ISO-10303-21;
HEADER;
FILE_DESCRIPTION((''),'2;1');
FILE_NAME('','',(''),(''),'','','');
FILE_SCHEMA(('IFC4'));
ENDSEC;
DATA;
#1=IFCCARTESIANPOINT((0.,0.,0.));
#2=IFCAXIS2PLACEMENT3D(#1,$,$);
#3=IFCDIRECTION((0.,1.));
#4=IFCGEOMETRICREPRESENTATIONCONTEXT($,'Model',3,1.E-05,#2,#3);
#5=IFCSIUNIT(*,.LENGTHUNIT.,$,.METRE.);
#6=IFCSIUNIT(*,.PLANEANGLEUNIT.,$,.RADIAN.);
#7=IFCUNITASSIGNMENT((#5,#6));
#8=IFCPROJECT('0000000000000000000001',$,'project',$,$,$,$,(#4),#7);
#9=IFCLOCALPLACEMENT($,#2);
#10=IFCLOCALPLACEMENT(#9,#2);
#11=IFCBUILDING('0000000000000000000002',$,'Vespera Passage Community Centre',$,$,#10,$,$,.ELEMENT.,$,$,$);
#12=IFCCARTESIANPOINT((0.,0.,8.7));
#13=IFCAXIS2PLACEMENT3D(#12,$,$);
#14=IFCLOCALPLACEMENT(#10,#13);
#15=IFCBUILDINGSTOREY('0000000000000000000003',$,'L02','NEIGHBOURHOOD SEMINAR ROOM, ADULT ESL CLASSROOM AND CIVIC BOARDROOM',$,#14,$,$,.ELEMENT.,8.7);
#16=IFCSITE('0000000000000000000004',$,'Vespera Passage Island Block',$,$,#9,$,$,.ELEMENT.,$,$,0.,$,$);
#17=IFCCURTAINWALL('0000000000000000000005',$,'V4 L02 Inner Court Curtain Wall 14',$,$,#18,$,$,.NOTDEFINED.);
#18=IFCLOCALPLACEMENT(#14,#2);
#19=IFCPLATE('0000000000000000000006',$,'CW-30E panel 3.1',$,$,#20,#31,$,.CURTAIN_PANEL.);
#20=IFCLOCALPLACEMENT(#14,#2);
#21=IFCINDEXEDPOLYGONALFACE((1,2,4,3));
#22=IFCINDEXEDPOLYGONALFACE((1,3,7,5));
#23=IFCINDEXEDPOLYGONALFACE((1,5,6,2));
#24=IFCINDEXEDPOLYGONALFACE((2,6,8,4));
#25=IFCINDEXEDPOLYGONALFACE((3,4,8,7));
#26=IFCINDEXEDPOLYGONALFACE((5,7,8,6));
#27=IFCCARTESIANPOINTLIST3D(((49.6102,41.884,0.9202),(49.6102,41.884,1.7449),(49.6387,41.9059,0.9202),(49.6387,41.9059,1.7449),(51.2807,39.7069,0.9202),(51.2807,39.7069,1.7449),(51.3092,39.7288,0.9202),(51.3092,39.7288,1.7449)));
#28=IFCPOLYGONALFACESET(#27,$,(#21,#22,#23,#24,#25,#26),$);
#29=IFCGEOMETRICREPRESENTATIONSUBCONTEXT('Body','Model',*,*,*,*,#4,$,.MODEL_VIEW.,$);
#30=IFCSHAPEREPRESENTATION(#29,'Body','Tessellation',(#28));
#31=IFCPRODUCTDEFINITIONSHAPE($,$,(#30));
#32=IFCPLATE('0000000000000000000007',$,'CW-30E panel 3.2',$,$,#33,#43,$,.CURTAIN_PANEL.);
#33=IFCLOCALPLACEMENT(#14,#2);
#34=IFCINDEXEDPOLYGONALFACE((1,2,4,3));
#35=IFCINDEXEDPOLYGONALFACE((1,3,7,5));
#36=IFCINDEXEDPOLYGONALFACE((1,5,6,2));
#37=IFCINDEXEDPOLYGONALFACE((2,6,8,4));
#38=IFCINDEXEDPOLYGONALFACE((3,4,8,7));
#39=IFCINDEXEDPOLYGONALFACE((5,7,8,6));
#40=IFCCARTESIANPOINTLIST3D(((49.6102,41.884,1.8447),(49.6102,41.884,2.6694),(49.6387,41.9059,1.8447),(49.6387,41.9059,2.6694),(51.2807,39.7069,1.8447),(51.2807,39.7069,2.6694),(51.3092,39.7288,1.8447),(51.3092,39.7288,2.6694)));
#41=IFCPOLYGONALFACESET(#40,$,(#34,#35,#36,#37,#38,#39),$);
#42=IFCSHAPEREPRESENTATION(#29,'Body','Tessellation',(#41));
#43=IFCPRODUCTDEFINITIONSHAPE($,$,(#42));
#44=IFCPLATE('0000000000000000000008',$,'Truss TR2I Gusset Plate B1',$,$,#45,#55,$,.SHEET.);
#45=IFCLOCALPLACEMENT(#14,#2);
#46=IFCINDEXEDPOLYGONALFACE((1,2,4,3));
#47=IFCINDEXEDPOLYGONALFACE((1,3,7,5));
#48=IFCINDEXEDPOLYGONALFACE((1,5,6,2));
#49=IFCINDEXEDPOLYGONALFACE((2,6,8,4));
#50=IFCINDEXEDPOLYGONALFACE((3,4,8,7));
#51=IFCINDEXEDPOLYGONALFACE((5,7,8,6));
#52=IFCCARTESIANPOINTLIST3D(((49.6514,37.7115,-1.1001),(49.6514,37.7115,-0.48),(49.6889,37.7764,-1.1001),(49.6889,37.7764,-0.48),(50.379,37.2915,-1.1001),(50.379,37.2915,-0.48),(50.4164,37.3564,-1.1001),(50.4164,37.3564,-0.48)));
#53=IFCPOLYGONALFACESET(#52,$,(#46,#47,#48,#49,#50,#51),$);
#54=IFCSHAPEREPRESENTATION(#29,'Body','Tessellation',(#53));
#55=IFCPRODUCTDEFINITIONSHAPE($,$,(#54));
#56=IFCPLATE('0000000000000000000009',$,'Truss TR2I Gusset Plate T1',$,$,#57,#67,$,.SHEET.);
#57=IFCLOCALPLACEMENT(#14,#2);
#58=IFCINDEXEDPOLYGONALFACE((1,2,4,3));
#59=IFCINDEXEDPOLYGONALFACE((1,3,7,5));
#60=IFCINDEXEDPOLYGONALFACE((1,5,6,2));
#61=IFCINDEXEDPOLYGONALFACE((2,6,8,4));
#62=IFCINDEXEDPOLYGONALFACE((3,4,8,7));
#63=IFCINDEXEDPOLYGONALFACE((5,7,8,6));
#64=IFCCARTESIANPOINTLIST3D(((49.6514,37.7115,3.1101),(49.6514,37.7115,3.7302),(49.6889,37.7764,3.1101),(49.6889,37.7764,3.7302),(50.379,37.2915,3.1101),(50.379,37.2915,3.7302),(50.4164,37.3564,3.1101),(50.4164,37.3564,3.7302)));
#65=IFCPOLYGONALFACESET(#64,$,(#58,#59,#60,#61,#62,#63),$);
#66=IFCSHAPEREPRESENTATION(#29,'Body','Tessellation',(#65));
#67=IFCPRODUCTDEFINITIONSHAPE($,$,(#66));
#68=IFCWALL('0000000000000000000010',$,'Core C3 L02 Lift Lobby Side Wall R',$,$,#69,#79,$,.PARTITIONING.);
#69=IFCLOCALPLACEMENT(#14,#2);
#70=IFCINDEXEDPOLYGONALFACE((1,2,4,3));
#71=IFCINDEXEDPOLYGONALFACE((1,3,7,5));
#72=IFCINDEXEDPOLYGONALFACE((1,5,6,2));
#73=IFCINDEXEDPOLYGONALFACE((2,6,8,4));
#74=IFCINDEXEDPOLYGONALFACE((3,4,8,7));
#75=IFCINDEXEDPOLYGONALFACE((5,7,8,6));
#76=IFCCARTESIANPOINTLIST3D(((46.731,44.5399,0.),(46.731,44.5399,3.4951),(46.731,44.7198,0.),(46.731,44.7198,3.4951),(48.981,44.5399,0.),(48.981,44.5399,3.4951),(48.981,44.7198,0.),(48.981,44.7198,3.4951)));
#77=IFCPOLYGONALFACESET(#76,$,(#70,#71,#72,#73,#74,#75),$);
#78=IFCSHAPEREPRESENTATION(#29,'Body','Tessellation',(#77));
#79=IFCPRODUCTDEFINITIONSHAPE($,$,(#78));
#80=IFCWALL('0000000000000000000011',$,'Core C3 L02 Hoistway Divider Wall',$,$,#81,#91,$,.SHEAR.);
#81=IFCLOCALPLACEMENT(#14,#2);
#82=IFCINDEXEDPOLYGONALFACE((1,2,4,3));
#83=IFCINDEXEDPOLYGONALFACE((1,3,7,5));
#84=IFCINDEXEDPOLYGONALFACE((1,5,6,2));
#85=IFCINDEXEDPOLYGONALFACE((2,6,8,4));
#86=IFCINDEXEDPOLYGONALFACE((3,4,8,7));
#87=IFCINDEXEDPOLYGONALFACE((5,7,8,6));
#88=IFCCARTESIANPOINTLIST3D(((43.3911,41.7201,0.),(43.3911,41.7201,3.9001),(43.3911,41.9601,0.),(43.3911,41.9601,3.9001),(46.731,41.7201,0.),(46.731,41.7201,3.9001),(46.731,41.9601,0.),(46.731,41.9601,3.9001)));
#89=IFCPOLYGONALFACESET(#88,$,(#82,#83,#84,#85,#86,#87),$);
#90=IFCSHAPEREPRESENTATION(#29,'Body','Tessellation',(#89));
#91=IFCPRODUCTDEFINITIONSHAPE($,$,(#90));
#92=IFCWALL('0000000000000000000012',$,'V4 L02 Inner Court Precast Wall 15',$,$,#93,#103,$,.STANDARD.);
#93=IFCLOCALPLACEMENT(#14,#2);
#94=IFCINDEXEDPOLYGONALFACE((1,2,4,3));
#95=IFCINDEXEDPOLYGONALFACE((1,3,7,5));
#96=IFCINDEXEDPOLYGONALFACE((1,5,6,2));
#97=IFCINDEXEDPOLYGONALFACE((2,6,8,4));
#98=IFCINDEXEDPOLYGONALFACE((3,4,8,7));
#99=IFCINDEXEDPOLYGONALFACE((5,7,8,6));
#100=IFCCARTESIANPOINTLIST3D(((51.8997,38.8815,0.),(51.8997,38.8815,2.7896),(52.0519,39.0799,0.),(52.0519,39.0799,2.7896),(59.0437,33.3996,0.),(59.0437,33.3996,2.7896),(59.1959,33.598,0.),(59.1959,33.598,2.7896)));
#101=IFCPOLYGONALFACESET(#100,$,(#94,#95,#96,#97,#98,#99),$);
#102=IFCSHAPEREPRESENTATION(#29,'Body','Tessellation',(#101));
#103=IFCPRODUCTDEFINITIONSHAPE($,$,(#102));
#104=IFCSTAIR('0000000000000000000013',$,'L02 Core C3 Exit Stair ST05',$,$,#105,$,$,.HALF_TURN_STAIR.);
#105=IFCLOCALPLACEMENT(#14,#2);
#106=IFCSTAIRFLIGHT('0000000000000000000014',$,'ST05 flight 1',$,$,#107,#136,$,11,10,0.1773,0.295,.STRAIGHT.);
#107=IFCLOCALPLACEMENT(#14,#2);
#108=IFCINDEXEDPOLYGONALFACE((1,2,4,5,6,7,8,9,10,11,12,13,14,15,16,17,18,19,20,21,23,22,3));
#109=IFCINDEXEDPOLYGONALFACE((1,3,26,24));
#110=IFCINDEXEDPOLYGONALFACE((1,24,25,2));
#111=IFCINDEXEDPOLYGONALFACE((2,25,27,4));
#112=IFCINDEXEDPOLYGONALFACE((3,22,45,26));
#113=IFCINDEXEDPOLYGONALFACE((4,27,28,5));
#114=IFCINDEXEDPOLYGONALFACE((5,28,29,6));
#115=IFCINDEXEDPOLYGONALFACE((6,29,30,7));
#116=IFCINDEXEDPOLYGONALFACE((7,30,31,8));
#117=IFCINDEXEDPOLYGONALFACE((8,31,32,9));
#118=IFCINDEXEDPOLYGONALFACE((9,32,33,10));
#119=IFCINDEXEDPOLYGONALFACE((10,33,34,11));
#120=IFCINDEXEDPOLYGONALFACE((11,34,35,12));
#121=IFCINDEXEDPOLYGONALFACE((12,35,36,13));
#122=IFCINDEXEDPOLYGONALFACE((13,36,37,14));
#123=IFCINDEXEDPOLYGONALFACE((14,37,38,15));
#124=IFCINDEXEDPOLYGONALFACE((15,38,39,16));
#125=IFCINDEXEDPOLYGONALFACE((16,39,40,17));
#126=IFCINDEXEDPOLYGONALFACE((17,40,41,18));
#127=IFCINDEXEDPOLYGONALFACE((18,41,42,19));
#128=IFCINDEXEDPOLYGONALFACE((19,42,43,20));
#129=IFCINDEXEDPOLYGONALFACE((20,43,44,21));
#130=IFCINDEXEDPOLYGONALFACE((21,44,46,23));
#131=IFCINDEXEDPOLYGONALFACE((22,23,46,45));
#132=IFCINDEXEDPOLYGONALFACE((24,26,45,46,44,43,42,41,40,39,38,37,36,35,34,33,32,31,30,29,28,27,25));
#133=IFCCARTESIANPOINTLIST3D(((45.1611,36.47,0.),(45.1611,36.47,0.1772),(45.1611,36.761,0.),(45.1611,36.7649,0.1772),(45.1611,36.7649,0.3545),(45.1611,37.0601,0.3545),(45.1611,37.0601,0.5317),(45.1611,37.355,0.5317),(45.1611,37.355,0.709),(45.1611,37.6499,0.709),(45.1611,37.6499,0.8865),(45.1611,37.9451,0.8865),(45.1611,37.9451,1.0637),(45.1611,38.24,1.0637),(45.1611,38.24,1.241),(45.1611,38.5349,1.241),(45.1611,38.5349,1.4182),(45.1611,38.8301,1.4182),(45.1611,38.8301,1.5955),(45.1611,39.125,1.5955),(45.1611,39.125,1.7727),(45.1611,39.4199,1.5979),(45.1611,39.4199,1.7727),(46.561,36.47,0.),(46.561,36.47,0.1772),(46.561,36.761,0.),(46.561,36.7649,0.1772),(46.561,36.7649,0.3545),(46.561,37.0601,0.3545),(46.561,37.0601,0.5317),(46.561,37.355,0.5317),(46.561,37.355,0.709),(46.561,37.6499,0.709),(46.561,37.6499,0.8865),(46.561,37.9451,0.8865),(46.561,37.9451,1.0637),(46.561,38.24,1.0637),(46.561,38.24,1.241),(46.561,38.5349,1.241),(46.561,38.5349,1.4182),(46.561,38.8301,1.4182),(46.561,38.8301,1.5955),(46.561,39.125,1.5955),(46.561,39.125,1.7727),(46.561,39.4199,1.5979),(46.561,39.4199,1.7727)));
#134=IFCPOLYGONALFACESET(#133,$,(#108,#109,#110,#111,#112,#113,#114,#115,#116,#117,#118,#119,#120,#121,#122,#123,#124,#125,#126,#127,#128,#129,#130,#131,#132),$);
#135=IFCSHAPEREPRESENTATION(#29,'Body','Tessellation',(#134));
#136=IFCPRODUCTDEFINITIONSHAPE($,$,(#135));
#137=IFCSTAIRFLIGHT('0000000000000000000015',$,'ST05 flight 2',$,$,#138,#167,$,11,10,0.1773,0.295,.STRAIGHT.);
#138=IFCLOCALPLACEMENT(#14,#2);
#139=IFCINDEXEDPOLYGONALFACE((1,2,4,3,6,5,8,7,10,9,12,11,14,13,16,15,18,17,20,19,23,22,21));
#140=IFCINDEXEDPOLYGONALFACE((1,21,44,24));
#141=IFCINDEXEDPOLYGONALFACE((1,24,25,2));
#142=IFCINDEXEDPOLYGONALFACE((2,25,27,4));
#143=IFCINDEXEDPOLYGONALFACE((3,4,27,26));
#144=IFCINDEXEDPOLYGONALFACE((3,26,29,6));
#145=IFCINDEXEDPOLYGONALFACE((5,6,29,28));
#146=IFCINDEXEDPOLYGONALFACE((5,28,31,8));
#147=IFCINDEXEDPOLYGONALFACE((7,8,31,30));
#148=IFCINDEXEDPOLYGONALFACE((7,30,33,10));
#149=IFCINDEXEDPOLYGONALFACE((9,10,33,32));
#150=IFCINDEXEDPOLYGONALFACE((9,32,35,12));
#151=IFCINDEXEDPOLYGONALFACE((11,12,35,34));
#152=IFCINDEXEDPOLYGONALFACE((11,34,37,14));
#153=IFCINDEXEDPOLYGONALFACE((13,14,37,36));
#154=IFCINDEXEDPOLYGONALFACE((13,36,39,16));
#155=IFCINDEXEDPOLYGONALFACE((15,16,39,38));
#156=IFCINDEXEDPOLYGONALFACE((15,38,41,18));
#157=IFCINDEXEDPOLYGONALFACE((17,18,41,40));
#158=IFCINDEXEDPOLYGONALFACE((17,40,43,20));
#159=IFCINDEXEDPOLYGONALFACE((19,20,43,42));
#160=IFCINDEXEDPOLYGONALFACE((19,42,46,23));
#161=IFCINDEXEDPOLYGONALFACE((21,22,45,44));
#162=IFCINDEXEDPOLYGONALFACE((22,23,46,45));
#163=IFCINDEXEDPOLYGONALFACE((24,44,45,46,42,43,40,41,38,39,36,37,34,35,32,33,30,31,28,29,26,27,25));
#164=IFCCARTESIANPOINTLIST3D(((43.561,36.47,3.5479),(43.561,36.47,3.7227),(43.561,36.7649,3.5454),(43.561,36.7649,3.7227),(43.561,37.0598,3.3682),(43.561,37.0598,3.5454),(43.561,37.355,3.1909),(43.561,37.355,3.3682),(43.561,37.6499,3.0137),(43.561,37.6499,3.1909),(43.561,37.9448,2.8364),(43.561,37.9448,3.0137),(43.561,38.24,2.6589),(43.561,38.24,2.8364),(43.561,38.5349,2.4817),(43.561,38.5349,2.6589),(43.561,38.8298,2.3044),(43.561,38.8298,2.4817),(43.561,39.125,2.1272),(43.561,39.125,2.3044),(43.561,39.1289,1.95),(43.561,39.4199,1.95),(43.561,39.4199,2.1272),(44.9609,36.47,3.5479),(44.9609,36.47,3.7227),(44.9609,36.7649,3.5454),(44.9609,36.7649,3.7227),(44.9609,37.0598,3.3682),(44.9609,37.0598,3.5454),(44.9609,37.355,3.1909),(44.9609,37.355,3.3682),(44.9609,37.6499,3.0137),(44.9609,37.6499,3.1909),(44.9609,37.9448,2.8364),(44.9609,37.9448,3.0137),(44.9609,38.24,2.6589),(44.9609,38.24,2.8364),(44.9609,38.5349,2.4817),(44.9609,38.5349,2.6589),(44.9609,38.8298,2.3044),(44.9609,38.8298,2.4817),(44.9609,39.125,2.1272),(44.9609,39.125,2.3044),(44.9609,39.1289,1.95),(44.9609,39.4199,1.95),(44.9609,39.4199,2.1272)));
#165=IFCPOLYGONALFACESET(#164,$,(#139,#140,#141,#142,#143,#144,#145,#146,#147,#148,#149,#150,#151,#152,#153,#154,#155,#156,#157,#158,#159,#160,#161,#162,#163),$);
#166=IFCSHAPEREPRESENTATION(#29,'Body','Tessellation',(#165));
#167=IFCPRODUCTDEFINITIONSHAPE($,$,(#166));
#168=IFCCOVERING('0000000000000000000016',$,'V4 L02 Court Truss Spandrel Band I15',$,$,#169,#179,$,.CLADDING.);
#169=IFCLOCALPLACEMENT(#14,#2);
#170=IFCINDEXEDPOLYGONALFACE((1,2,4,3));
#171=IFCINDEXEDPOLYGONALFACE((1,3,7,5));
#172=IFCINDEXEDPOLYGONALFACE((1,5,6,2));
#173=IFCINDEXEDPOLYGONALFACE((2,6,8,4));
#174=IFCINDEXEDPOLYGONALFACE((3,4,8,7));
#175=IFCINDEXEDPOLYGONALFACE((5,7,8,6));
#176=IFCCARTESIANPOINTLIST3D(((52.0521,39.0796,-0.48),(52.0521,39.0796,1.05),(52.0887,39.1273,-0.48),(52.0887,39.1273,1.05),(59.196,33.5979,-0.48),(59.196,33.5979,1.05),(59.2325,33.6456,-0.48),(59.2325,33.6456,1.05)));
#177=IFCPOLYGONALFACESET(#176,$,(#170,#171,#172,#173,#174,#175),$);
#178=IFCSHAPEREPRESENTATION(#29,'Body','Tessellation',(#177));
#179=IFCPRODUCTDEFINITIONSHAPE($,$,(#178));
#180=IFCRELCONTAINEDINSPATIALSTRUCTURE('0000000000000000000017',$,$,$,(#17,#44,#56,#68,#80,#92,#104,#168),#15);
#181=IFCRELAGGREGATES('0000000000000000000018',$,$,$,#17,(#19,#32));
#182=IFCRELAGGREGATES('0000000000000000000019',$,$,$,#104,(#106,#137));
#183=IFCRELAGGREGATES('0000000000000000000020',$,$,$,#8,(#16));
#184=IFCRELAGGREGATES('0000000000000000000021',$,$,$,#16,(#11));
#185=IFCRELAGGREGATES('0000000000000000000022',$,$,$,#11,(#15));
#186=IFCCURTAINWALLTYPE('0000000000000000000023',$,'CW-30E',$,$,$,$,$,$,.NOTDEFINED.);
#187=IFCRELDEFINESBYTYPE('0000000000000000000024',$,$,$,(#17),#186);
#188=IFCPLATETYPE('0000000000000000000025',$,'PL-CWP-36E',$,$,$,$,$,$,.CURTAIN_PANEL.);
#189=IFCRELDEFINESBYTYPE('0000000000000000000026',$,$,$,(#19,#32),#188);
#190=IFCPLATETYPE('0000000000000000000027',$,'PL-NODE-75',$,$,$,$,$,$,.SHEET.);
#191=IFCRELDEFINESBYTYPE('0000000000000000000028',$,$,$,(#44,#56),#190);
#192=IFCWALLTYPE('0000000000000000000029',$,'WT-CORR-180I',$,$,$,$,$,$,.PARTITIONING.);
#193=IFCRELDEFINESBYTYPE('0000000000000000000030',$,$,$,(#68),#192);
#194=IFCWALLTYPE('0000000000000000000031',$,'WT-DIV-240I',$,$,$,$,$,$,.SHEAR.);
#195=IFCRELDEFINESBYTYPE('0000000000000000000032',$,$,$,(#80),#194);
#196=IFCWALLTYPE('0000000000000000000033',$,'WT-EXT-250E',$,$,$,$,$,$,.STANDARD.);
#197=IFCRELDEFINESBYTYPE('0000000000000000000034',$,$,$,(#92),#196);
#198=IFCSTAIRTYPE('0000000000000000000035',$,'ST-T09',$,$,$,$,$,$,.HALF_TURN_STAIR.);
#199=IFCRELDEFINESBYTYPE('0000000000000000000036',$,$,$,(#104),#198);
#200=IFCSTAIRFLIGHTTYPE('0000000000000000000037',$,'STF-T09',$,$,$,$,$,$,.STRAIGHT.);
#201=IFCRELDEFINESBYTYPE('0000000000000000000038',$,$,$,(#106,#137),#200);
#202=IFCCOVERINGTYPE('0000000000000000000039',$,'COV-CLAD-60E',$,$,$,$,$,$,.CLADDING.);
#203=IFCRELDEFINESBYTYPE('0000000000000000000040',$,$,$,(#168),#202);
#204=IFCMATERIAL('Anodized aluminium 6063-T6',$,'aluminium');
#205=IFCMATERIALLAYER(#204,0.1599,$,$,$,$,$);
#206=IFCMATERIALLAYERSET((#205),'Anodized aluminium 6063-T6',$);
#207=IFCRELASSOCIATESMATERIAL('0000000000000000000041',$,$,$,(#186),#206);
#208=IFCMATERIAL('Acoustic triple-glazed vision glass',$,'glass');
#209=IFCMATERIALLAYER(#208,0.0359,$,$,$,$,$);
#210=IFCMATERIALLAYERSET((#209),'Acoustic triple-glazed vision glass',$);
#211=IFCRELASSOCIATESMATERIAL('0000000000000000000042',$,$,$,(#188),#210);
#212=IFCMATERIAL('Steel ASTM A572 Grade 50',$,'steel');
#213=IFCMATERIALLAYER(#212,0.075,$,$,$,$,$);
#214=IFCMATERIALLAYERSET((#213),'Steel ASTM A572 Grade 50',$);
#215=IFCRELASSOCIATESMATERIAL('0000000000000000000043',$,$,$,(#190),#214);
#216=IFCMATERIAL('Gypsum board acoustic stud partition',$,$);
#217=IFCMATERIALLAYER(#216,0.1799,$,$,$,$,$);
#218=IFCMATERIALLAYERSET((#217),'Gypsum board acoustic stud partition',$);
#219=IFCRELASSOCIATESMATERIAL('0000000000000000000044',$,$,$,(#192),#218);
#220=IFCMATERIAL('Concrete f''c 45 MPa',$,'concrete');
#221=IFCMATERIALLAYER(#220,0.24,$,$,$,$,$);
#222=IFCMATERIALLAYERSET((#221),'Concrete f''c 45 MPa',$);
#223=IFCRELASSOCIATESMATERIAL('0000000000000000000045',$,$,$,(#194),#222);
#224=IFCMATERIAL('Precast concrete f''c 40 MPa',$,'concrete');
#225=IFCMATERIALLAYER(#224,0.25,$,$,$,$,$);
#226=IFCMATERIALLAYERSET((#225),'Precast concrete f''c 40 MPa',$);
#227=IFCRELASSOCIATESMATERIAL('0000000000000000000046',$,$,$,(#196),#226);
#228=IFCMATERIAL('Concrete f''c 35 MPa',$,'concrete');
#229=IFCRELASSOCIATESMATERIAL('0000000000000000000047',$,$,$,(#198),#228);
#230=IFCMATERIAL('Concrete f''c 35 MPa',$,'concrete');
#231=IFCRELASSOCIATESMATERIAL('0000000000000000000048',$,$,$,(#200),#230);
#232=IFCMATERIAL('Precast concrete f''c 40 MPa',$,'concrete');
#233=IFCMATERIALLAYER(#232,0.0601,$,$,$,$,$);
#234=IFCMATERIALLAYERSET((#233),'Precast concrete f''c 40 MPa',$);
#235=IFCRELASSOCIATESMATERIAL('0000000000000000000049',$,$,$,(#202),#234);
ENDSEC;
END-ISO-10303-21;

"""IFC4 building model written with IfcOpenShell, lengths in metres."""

from ifc_helpers import new_model, si_unit, direction, frame, frame_2d, origin, origin_2d, place, context, subcontext, project, spatial, polyline, rectangle, outline, extrude, material, layer, layer_set, type_object, element, aggregate, save


model = new_model("IFC4")

# Units and contexts
model_context = context("Model", 3, precision=1e-05, world=origin(), true_north=direction((0.0, 1.0)))
body_context = subcontext(model_context, "Body", "Model", "MODEL_VIEW")
ifc_project = project(units=[si_unit("LENGTHUNIT", "METRE"), si_unit("PLANEANGLEUNIT", "RADIAN")], contexts=[model_context])

# Site, building, storey
site_placement = place(None, origin())
site = spatial("IfcSite", under=ifc_project, at=site_placement, Name="Vespera Passage Island Block", CompositionType="ELEMENT", RefElevation=0.0)
building_placement = place(site_placement, origin())
building = spatial("IfcBuilding", under=site, at=building_placement, Name="Vespera Passage Community Centre", CompositionType="ELEMENT")
storey_placement = place(building_placement, frame((0.0, 0.0, 8.7)))
storey = spatial("IfcBuildingStorey", under=building, at=storey_placement, Name="L02", Description="NEIGHBOURHOOD SEMINAR ROOM, ADULT ESL CLASSROOM AND CIVIC BOARDROOM", CompositionType="ELEMENT", Elevation=8.7)

# Curtain wall
ifc_material_1 = material(Name="Anodized aluminium 6063-T6", Category="aluminium")
ifc_layer_1 = layer(ifc_material_1, 0.1599)
ifc_layer_set_1 = layer_set([ifc_layer_1], Name="Anodized aluminium 6063-T6")
curtain_wall_type = type_object("IfcCurtainWallType", Name="CW-30E", PredefinedType="NOTDEFINED", material=ifc_layer_set_1)
curtain_wall_placement = place(storey_placement, origin())
curtain_wall = element("IfcCurtainWall", 1, at=curtain_wall_placement, inside=storey, type_object=curtain_wall_type, Name="V4 L02 Inner Court Curtain Wall 14", PredefinedType="NOTDEFINED")

# Plates
ifc_material_2 = material(Name="Acoustic triple-glazed vision glass", Category="glass")
ifc_layer_2 = layer(ifc_material_2, 0.0359)
ifc_layer_set_2 = layer_set([ifc_layer_2], Name="Acoustic triple-glazed vision glass")
plate_type_1 = type_object("IfcPlateType", Name="PL-CWP-36E", PredefinedType="CURTAIN_PANEL", material=ifc_layer_set_2)
plate_1_placement = place(storey_placement, frame((50.4597, 40.8064, 0.9202), z_axis=(0.0, 0.0, 1.0), x_axis=(0.608755, -0.793358, 0.0)))
plate_1 = element("IfcPlate", 2, at=plate_1_placement, type_object=plate_type_1, Name="CW-30E panel 3.1", PredefinedType="CURTAIN_PANEL", context=body_context, shape_type="SweptSolid", body=[
    extrude(rectangle(XDim=2.7441, YDim=0.0359, at=origin_2d()), origin(), (0.0, 0.0, 1.0), 0.8247),
])
plate_2_placement = place(storey_placement, frame((50.4597, 40.8064, 1.8447), z_axis=(0.0, 0.0, 1.0), x_axis=(0.608755, -0.793358, 0.0)))
plate_2 = element("IfcPlate", 3, at=plate_2_placement, type_object=plate_type_1, Name="CW-30E panel 3.2", PredefinedType="CURTAIN_PANEL", context=body_context, shape_type="SweptSolid", body=[
    extrude(rectangle(XDim=2.7441, YDim=0.0359, at=origin_2d()), origin(), (0.0, 0.0, 1.0), 0.8247),
])
aggregate(curtain_wall, [plate_1, plate_2])

# Plates
ifc_material_3 = material(Name="Steel ASTM A572 Grade 50", Category="steel")
ifc_layer_3 = layer(ifc_material_3, 0.075)
ifc_layer_set_3 = layer_set([ifc_layer_3], Name="Steel ASTM A572 Grade 50")
plate_type_2 = type_object("IfcPlateType", Name="PL-NODE-75", PredefinedType="SHEET", material=ifc_layer_set_3)
for number, where, z_axis, x_axis, name in (
    (4, (50.0339, 37.5339, -1.1001), (0.0, 0.0, 1.0), (0.866025, -0.5, 0.0), "Truss TR2I Gusset Plate B1"),
    (5, (50.0339, 37.5339, 3.1101), (0.0, 0.0, 1.0), (0.866025, -0.5, 0.0), "Truss TR2I Gusset Plate T1"),
):
    element("IfcPlate", number, at=place(storey_placement, frame(where, z_axis=z_axis, x_axis=x_axis)), inside=storey, type_object=plate_type_2, Name=name, PredefinedType="SHEET", context=body_context, shape_type="SweptSolid", body=[
        extrude(rectangle(XDim=0.8401, YDim=0.075, at=origin_2d()), origin(), (0.0, 0.0, 1.0), 0.6201),
    ])

# Walls
ifc_material_4 = material(Name="Gypsum board acoustic stud partition")
ifc_layer_4 = layer(ifc_material_4, 0.1799)
ifc_layer_set_4 = layer_set([ifc_layer_4], Name="Gypsum board acoustic stud partition")
wall_type_1 = type_object("IfcWallType", Name="WT-CORR-180I", PredefinedType="PARTITIONING", material=ifc_layer_set_4)
wall_1_placement = place(storey_placement, frame((46.731, 44.6299, 0.0), z_axis=(0.0, 0.0, 1.0), x_axis=(1.0, 0.0, 0.0)))
element("IfcWall", 6, at=wall_1_placement, inside=storey, type_object=wall_type_1, Name="Core C3 L02 Lift Lobby Side Wall R", PredefinedType="PARTITIONING", context=body_context, shape_type="SweptSolid", body=[
    extrude(rectangle(XDim=2.25, YDim=0.1799, at=frame_2d((1.125, 0.0))), origin(), (0.0, 0.0, 1.0), 3.4951),
])
ifc_material_5 = material(Name="Concrete f'c 45 MPa", Category="concrete")
ifc_layer_5 = layer(ifc_material_5, 0.24)
ifc_layer_set_5 = layer_set([ifc_layer_5], Name="Concrete f'c 45 MPa")
wall_type_2 = type_object("IfcWallType", Name="WT-DIV-240I", PredefinedType="SHEAR", material=ifc_layer_set_5)
wall_2_placement = place(storey_placement, frame((46.731, 41.8401, 0.0), z_axis=(0.0, 0.0, 1.0), x_axis=(-1.0, 0.0, 0.0)))
element("IfcWall", 7, at=wall_2_placement, inside=storey, type_object=wall_type_2, Name="Core C3 L02 Hoistway Divider Wall", PredefinedType="SHEAR", context=body_context, shape_type="SweptSolid", body=[
    extrude(rectangle(XDim=3.3398, YDim=0.24, at=frame_2d((1.6699, 0.0))), origin(), (0.0, 0.0, 1.0), 3.9001),
])
ifc_material_6 = material(Name="Precast concrete f'c 40 MPa", Category="concrete")
ifc_layer_6 = layer(ifc_material_6, 0.25)
ifc_layer_set_6 = layer_set([ifc_layer_6], Name="Precast concrete f'c 40 MPa")
wall_type_3 = type_object("IfcWallType", Name="WT-EXT-250E", PredefinedType="STANDARD", material=ifc_layer_set_6)
wall_3_placement = place(storey_placement, frame((51.9758, 38.9807, 0.0), z_axis=(0.0, 0.0, 1.0), x_axis=(0.793347, -0.60877, 0.0)))
element("IfcWall", 8, at=wall_3_placement, inside=storey, type_object=wall_type_3, Name="V4 L02 Inner Court Precast Wall 15", PredefinedType="STANDARD", context=body_context, shape_type="SweptSolid", body=[
    extrude(rectangle(XDim=9.0049, YDim=0.25, at=frame_2d((4.5024, 0.0))), origin(), (0.0, 0.0, 1.0), 2.7896),
])

# Stair, stair flights
ifc_material_7 = material(Name="Concrete f'c 35 MPa", Category="concrete")
stair_type = type_object("IfcStairType", Name="ST-T09", PredefinedType="HALF_TURN_STAIR", material=ifc_material_7)
stair_placement = place(storey_placement, origin())
stair = element("IfcStair", 9, at=stair_placement, inside=storey, type_object=stair_type, Name="L02 Core C3 Exit Stair ST05", PredefinedType="HALF_TURN_STAIR")
ifc_material_8 = material(Name="Concrete f'c 35 MPa", Category="concrete")
stair_flight_type = type_object("IfcStairFlightType", Name="STF-T09", PredefinedType="STRAIGHT", material=ifc_material_8)
stair_flight_1_placement = place(storey_placement, frame((45.8611, 36.47, 0.0), z_axis=(0.0, 0.0, 1.0), x_axis=(0.0, 1.0, 0.0)))
stair_flight_1 = element("IfcStairFlight", 10, at=stair_flight_1_placement, type_object=stair_flight_type, Name="ST05 flight 1", NumberOfRisers=11, NumberOfTreads=10, PredefinedType="STRAIGHT", RiserHeight=0.1773, TreadLength=0.295, context=body_context, shape_type="SweptSolid", body=[
    extrude(outline(polyline([(0.0, 0.0), (0.0, 0.1772), (0.2949, 0.1772), (0.2949, 0.3545), (0.5901, 0.3545), (0.5901, 0.5317), (0.885, 0.5317), (0.885, 0.709), (1.1799, 0.709), (1.1799, 0.8865), (1.4751, 0.8865), (1.4751, 1.0637), (1.77, 1.0637), (1.77, 1.241), (2.0649, 1.241), (2.0649, 1.4182), (2.3601, 1.4182), (2.3601, 1.5955), (2.655, 1.5955), (2.655, 1.7727), (2.95, 1.7727), (2.95, 1.95), (2.95, 1.5979), (0.291, 0.0), (0.0, 0.0)])), frame((0.0, 0.7, 0.0), z_axis=(0.0, -1.0, 0.0), x_axis=(1.0, 0.0, 0.0)), (0.0, 0.0, 1.0), 1.3999),
])
stair_flight_2_placement = place(storey_placement, frame((44.261, 39.4199, 1.95), z_axis=(0.0, 0.0, 1.0), x_axis=(0.0, -1.0, 0.0)))
stair_flight_2 = element("IfcStairFlight", 11, at=stair_flight_2_placement, type_object=stair_flight_type, Name="ST05 flight 2", NumberOfRisers=11, NumberOfTreads=10, PredefinedType="STRAIGHT", RiserHeight=0.1773, TreadLength=0.295, context=body_context, shape_type="SweptSolid", body=[
    extrude(outline(polyline([(0.0, 0.0), (0.0, 0.1772), (0.2949, 0.1772), (0.2949, 0.3545), (0.5901, 0.3545), (0.5901, 0.5317), (0.885, 0.5317), (0.885, 0.709), (1.1799, 0.709), (1.1799, 0.8865), (1.4751, 0.8865), (1.4751, 1.0637), (1.77, 1.0637), (1.77, 1.241), (2.0649, 1.241), (2.0649, 1.4182), (2.3601, 1.4182), (2.3601, 1.5955), (2.655, 1.5955), (2.655, 1.7727), (2.95, 1.7727), (2.95, 1.95), (2.95, 1.5979), (0.291, 0.0), (0.0, 0.0)])), frame((0.0, 0.7, 0.0), z_axis=(0.0, -1.0, 0.0), x_axis=(1.0, 0.0, 0.0)), (0.0, 0.0, 1.0), 1.3999),
])
aggregate(stair, [stair_flight_1, stair_flight_2])

# Covering
ifc_material_9 = material(Name="Precast concrete f'c 40 MPa", Category="concrete")
ifc_layer_7 = layer(ifc_material_9, 0.0601)
ifc_layer_set_7 = layer_set([ifc_layer_7], Name="Precast concrete f'c 40 MPa")
covering_type = type_object("IfcCoveringType", Name="COV-CLAD-60E", PredefinedType="CLADDING", material=ifc_layer_set_7)
covering_1_placement = place(storey_placement, frame((52.0703, 39.1035, -0.48), z_axis=(0.0, 0.0, 1.0), x_axis=(0.79335, -0.608766, 0.0)))
element("IfcCovering", 12, at=covering_1_placement, inside=storey, type_object=covering_type, Name="V4 L02 Court Truss Spandrel Band I15", PredefinedType="CLADDING", context=body_context, shape_type="SweptSolid", body=[
    extrude(rectangle(XDim=9.0046, YDim=0.0601, at=frame_2d((4.5024, 0.0))), origin(), (0.0, 0.0, 1.0), 1.53),
])

save(model, "model.ifc")
